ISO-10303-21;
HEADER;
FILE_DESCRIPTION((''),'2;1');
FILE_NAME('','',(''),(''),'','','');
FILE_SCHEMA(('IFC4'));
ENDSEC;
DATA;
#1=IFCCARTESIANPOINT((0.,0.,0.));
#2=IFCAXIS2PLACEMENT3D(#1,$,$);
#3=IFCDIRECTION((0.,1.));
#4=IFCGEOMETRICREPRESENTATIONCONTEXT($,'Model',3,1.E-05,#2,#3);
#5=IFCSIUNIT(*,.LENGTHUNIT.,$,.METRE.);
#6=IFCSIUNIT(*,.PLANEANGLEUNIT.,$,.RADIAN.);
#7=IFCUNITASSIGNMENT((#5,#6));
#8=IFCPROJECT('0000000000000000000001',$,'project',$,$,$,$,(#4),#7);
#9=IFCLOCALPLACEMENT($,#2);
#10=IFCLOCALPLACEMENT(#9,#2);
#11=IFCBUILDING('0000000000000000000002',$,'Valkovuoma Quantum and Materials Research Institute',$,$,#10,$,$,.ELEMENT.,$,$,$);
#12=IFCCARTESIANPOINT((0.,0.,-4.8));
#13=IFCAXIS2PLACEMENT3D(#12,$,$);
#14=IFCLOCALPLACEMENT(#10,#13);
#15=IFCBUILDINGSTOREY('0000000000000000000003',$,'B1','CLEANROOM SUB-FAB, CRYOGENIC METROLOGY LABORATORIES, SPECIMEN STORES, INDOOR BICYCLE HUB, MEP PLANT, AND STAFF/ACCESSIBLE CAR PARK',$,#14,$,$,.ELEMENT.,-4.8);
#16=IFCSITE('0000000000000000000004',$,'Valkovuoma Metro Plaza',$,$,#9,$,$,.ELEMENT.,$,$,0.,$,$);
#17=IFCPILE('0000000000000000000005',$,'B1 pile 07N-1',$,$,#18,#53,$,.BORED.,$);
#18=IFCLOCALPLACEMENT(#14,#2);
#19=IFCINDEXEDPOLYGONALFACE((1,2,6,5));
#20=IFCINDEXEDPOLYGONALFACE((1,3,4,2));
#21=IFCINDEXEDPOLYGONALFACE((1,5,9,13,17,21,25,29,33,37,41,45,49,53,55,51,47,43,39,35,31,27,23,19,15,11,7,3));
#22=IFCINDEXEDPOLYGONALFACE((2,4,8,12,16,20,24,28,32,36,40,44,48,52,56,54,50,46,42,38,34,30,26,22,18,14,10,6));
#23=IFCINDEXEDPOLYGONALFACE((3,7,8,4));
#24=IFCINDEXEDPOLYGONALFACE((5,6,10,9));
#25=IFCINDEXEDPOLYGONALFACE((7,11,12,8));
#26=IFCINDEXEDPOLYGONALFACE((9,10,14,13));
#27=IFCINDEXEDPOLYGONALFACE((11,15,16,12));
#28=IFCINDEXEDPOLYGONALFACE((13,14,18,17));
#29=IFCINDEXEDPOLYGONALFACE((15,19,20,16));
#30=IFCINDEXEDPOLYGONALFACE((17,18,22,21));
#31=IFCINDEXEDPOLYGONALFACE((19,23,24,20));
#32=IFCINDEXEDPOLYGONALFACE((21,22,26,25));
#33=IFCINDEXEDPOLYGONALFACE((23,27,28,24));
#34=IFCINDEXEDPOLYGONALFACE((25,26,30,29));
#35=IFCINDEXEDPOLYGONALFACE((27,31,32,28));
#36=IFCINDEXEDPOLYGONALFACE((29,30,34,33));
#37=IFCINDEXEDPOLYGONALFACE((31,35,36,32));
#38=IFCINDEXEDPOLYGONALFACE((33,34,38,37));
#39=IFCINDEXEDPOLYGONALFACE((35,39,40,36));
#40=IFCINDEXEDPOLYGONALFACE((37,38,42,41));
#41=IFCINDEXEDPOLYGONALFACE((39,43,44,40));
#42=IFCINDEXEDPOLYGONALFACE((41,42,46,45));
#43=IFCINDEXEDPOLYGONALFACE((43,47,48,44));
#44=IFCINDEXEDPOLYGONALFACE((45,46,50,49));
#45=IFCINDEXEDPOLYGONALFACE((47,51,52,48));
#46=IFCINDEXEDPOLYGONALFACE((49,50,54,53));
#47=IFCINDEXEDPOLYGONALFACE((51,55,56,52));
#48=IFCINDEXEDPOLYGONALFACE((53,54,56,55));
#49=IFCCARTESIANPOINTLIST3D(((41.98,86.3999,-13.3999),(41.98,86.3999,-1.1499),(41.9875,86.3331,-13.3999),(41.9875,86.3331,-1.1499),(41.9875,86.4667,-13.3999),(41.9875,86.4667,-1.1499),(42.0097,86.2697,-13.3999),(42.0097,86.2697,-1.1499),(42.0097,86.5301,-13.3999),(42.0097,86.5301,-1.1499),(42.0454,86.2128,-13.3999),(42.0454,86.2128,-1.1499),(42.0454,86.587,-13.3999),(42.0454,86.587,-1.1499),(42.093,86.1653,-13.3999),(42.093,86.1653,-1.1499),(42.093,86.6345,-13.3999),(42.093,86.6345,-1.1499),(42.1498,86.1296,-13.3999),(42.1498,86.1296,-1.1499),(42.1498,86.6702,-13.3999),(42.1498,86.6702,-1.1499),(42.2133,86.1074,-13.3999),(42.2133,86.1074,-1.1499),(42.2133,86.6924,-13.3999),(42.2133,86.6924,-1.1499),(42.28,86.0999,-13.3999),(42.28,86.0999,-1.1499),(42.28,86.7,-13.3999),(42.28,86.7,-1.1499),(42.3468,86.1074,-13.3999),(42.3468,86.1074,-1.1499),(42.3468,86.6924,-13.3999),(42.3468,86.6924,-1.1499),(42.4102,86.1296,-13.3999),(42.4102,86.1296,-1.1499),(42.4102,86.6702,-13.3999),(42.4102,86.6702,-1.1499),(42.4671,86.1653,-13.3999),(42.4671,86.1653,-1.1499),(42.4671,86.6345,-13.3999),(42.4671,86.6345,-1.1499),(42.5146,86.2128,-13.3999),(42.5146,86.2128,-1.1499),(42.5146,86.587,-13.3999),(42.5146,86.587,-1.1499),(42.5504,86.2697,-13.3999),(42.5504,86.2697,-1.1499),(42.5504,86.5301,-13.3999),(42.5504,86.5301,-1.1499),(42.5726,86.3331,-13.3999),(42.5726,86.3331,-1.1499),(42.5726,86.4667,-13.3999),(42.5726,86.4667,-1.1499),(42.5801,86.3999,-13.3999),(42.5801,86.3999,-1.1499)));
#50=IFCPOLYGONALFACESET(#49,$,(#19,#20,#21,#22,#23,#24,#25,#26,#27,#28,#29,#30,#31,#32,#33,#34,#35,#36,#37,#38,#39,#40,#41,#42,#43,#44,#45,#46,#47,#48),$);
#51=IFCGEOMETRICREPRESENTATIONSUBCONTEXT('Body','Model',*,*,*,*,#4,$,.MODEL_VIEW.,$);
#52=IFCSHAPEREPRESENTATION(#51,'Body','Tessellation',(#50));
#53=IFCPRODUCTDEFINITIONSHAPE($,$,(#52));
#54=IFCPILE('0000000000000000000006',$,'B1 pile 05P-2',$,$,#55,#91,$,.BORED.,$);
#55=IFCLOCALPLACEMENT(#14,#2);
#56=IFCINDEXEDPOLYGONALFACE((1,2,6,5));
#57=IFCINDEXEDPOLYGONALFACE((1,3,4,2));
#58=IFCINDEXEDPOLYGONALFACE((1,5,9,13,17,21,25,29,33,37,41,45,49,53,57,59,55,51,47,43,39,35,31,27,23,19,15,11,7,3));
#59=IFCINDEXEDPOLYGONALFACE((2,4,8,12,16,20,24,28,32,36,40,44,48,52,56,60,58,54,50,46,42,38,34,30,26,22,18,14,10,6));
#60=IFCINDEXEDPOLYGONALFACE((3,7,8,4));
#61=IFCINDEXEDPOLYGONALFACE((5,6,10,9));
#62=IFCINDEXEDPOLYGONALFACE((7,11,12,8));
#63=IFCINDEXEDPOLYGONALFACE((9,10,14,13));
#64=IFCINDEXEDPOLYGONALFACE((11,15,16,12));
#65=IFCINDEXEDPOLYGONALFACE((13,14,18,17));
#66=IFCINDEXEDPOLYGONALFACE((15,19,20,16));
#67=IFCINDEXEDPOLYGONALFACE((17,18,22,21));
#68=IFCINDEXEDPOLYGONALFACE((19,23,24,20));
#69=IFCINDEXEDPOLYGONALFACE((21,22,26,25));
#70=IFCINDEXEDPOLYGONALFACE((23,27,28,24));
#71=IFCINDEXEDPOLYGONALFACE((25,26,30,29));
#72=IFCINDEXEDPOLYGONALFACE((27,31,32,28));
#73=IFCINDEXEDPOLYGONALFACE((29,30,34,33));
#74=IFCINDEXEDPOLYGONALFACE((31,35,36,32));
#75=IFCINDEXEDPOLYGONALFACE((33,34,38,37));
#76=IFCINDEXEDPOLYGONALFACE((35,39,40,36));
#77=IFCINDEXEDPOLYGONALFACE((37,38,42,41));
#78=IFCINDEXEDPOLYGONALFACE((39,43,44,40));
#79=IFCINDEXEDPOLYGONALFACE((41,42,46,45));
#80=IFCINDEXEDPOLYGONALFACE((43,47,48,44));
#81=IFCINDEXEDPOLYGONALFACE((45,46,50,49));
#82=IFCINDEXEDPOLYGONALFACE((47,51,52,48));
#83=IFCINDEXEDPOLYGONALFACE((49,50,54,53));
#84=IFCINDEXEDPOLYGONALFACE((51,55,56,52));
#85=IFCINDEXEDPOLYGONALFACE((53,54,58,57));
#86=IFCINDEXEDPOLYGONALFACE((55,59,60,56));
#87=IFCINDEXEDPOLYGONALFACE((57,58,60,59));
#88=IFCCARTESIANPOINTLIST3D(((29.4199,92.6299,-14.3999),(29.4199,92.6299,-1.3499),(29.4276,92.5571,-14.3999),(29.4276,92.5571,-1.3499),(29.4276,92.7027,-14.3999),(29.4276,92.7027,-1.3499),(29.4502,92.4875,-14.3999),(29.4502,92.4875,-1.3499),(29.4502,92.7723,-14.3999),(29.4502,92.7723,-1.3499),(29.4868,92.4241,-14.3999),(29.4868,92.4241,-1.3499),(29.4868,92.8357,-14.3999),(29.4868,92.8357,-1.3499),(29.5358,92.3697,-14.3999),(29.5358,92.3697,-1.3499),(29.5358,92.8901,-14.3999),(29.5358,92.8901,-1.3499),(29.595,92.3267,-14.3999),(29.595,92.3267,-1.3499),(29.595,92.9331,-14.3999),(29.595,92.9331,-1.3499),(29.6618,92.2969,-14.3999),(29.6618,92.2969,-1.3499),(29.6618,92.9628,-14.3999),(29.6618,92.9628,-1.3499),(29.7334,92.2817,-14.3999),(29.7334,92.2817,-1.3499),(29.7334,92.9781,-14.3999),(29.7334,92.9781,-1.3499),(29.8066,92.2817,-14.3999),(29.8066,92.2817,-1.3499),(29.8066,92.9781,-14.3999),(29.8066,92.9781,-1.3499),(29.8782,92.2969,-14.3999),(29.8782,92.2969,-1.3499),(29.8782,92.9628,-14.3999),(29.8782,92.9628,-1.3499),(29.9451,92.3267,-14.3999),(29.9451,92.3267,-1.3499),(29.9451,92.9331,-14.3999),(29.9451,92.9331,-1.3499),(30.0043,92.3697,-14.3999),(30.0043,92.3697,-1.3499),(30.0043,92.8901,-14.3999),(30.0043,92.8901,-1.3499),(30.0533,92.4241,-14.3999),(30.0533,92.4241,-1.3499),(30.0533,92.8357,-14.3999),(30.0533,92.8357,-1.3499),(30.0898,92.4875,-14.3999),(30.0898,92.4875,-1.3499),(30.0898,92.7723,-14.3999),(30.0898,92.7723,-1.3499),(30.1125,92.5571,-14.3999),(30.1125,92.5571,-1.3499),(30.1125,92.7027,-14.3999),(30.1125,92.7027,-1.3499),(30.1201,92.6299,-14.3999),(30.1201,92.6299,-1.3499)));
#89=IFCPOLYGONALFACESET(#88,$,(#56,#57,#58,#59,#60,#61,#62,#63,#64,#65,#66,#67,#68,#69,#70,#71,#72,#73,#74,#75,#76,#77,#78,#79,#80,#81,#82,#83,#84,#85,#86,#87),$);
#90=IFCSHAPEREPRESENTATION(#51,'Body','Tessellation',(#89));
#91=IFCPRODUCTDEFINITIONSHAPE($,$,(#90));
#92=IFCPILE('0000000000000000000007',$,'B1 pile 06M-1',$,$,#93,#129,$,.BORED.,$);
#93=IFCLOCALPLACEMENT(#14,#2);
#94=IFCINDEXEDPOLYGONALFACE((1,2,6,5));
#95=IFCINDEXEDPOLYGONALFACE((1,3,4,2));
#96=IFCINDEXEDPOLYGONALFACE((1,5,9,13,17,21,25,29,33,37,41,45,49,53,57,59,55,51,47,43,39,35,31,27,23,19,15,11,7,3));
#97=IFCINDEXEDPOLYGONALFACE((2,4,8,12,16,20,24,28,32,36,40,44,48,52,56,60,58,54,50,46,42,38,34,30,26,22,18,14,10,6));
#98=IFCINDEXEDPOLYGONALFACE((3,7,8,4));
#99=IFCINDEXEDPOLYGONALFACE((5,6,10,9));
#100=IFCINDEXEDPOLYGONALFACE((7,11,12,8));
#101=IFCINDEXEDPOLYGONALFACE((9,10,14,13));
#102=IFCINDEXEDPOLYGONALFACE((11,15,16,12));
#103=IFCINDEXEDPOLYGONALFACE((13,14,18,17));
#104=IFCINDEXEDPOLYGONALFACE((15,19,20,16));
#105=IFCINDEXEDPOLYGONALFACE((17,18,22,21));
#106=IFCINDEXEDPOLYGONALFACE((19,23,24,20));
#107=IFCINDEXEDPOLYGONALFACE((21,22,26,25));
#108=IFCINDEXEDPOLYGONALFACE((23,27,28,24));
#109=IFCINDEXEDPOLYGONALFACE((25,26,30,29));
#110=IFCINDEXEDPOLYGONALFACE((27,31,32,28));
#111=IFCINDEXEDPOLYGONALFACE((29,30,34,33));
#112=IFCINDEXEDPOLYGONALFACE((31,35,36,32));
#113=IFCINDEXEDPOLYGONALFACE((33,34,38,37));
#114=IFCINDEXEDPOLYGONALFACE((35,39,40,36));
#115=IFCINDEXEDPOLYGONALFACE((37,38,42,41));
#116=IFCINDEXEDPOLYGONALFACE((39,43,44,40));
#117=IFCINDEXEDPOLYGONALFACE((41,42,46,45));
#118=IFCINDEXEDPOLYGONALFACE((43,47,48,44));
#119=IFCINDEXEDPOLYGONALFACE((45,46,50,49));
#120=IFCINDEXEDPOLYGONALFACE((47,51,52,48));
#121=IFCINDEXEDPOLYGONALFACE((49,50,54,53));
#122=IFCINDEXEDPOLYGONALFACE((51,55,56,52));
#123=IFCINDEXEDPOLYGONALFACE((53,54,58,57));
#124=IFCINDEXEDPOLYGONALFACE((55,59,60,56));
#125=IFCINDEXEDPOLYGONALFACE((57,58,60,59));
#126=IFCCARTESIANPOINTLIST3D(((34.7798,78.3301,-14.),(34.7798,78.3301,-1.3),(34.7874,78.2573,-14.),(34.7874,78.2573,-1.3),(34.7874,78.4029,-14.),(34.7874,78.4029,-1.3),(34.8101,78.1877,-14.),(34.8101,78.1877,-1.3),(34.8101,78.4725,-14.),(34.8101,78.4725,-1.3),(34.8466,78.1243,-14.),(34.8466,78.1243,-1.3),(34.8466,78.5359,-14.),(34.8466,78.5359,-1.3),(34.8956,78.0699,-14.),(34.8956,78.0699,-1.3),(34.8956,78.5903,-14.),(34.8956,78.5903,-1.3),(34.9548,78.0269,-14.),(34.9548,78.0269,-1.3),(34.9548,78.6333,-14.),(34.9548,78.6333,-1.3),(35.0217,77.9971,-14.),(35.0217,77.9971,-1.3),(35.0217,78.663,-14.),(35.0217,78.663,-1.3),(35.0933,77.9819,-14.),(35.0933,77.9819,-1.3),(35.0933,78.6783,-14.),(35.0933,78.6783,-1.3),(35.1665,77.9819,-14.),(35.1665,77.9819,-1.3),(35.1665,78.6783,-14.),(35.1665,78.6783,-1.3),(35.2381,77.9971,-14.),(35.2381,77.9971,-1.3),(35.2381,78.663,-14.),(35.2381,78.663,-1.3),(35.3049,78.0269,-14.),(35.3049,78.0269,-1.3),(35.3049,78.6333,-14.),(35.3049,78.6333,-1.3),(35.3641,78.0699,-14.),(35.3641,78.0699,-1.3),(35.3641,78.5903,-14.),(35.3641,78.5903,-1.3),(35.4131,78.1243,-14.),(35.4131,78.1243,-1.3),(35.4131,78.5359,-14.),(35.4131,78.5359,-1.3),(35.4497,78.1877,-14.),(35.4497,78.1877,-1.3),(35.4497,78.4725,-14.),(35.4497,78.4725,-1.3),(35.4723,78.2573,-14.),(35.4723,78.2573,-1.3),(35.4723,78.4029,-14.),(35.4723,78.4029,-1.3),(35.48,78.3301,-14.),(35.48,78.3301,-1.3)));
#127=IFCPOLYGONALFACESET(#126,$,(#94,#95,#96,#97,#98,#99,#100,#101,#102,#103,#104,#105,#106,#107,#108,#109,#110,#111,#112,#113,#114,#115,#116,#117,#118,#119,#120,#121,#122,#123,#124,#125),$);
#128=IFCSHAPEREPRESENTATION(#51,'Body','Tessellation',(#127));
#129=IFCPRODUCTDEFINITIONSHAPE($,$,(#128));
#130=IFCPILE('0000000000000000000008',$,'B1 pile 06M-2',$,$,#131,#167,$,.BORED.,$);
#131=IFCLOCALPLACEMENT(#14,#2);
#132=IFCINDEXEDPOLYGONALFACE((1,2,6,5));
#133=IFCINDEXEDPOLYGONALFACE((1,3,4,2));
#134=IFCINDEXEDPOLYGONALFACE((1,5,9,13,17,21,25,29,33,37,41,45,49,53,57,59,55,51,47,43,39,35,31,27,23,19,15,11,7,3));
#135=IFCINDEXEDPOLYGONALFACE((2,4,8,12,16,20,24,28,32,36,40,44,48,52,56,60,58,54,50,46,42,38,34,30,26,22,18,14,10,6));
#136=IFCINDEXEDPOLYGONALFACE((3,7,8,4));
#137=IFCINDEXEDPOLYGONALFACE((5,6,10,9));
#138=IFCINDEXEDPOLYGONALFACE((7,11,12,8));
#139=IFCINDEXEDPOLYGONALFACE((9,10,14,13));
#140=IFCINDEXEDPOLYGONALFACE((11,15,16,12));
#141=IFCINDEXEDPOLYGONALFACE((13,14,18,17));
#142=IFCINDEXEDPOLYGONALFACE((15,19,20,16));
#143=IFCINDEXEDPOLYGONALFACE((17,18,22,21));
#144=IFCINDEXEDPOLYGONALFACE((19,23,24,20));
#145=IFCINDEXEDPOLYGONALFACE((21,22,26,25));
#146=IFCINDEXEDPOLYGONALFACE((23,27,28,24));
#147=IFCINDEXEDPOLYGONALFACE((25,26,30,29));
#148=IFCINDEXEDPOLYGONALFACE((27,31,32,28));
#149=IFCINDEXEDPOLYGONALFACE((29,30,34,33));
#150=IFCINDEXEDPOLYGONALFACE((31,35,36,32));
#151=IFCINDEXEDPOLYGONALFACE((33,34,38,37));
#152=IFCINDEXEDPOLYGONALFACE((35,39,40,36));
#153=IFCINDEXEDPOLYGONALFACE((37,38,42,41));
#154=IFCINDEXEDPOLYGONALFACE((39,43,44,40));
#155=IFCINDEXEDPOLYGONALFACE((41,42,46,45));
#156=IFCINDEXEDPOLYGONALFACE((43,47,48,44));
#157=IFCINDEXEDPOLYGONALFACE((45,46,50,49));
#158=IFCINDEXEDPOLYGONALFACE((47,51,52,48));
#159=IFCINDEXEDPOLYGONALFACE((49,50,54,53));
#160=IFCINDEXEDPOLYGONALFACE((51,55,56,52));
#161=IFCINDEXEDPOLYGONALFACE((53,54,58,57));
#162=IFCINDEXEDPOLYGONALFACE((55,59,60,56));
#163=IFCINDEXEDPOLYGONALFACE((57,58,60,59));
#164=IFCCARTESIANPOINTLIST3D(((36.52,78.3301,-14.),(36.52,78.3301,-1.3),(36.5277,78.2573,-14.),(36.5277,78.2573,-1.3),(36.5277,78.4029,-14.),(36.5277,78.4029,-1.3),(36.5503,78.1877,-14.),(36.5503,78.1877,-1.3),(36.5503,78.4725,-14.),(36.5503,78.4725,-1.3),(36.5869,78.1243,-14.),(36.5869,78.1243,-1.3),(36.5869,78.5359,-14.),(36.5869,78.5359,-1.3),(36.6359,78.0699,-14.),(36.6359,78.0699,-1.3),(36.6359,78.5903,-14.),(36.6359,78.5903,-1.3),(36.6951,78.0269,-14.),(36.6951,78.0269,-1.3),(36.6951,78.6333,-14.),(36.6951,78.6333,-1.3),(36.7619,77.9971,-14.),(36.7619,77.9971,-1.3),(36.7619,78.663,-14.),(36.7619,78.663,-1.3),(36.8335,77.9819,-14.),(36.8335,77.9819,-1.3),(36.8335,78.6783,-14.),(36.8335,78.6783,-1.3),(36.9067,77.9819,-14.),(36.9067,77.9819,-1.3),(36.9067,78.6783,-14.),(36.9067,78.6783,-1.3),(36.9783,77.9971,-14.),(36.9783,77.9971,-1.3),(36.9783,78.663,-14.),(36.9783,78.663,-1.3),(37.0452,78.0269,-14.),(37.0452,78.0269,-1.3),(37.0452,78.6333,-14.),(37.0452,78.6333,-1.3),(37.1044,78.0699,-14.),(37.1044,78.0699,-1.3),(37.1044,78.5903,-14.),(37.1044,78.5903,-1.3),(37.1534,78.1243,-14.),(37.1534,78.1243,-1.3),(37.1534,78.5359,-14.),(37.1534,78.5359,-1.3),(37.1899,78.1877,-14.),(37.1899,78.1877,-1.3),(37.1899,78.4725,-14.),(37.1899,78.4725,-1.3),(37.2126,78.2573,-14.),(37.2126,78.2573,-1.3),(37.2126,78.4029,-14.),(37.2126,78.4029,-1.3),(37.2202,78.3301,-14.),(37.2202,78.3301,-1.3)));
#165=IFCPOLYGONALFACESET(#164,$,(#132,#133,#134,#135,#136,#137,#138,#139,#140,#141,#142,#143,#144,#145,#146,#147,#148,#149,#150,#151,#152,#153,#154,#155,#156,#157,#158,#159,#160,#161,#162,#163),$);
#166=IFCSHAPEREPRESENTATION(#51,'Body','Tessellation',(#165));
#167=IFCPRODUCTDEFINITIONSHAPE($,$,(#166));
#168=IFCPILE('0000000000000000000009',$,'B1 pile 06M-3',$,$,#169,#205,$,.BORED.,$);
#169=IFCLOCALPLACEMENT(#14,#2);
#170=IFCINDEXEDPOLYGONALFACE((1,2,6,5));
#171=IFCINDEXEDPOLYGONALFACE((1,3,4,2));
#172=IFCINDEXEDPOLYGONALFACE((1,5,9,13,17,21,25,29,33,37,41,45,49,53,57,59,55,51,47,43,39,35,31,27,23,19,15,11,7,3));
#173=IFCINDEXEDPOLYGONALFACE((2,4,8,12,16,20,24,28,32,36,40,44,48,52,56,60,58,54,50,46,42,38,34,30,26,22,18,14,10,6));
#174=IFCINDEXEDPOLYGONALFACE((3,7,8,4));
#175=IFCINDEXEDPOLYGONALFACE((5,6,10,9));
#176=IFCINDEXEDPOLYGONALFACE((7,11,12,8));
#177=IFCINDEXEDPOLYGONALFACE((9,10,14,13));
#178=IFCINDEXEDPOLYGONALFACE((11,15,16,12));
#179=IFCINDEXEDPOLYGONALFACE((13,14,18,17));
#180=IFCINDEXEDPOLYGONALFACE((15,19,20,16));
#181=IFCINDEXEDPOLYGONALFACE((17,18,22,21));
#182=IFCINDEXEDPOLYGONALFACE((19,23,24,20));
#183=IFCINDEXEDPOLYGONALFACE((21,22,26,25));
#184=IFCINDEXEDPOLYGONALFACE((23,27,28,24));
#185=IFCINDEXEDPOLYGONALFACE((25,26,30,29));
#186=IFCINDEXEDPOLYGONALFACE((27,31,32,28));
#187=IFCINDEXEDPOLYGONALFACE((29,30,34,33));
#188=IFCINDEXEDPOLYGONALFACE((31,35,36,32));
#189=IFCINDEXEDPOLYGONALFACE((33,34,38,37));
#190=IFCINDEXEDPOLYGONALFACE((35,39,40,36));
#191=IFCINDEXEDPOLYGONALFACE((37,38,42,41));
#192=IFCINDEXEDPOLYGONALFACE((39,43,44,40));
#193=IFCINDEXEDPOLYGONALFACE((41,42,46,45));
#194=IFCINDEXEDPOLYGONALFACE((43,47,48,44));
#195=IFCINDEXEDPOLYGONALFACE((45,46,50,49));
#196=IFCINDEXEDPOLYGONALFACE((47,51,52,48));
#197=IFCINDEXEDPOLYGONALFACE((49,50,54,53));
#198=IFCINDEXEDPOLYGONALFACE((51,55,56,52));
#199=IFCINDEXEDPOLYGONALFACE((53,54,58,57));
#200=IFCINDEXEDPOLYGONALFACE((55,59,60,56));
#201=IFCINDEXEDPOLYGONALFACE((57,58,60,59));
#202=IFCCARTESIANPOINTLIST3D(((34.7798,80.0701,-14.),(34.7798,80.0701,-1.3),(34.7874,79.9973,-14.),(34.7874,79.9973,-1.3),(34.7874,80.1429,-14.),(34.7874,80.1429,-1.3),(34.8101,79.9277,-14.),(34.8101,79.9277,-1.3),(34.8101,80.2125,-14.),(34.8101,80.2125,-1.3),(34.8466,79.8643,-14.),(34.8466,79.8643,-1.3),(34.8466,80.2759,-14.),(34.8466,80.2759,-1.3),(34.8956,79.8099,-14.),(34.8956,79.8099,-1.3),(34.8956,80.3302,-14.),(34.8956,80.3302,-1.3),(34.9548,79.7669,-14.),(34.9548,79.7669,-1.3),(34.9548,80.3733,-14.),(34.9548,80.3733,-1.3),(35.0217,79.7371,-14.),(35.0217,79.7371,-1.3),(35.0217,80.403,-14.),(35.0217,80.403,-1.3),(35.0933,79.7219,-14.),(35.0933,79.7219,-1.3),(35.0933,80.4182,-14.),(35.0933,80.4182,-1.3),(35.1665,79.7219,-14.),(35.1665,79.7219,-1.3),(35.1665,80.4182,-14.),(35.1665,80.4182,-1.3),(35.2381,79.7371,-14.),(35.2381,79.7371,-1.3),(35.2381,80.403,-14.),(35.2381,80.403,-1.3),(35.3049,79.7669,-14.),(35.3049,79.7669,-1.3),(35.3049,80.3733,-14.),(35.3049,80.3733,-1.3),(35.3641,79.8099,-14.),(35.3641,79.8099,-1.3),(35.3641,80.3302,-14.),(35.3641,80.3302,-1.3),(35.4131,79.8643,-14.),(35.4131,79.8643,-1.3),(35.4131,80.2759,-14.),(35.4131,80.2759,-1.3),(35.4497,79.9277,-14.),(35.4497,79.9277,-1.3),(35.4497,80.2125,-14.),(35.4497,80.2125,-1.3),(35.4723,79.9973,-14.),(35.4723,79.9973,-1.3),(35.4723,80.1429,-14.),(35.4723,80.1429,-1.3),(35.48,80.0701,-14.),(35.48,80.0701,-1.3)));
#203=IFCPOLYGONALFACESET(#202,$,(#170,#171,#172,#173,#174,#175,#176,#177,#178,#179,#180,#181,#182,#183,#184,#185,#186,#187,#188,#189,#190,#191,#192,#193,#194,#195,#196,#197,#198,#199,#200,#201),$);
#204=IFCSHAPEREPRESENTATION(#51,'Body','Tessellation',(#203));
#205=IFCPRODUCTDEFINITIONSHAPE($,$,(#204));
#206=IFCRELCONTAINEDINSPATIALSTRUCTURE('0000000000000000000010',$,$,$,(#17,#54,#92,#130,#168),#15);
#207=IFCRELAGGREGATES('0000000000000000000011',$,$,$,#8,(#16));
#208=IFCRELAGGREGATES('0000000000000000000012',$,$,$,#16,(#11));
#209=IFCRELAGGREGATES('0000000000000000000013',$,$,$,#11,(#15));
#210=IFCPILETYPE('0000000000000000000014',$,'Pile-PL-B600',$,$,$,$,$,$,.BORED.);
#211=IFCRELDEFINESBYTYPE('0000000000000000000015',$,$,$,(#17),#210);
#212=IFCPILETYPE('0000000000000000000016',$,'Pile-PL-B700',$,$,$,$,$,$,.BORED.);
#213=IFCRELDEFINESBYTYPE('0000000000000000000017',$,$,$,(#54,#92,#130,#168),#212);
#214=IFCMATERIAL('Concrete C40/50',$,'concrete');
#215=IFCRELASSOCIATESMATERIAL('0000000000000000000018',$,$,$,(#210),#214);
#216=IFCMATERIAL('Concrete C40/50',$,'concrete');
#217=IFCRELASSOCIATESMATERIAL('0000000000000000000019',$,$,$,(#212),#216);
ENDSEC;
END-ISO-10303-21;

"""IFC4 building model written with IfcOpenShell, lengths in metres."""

from ifc_helpers import new_model, si_unit, direction, frame, origin, origin_2d, place, context, subcontext, project, spatial, circle, extrude, material, material_profile, profile_set, type_object, element, save


model = new_model("IFC4")

# Units and contexts
model_context = context("Model", 3, precision=1e-05, world=origin(), true_north=direction((0.0, 1.0)))
body_context = subcontext(model_context, "Body", "Model", "MODEL_VIEW")
ifc_project = project(units=[si_unit("LENGTHUNIT", "METRE"), si_unit("PLANEANGLEUNIT", "RADIAN")], contexts=[model_context])

# Site, building, storey
site_placement = place(None, origin())
site = spatial("IfcSite", under=ifc_project, at=site_placement, Name="Valkovuoma Metro Plaza", CompositionType="ELEMENT", RefElevation=0.0)
building_placement = place(site_placement, origin())
building = spatial("IfcBuilding", under=site, at=building_placement, Name="Valkovuoma Quantum and Materials Research Institute", CompositionType="ELEMENT")
storey_placement = place(building_placement, frame((0.0, 0.0, -4.8)))
storey = spatial("IfcBuildingStorey", under=building, at=storey_placement, Name="B1", Description="CLEANROOM SUB-FAB, CRYOGENIC METROLOGY LABORATORIES, SPECIMEN STORES, INDOOR BICYCLE HUB, MEP PLANT, AND STAFF/ACCESSIBLE CAR PARK", CompositionType="ELEMENT", Elevation=-4.8)

# Piles
ifc_material_1 = material(Name="Concrete C40/50", Category="concrete")
ifc_material_profile_1 = material_profile(ifc_material_1, circle(Radius=0.3, at=origin_2d()), Name="Concrete C40/50")
ifc_profile_set_1 = profile_set([ifc_material_profile_1], Name="Concrete C40/50")
pile_type_1 = type_object("IfcPileType", Name="Pile-PL-B600", PredefinedType="BORED", material=ifc_profile_set_1)
pile_1_placement = place(storey_placement, frame((42.28, 86.3999, -1.1499), z_axis=(0.0, 0.0, -1.0), x_axis=(1.0, 0.0, 0.0)))
element("IfcPile", 1, at=pile_1_placement, inside=storey, type_object=pile_type_1, Name="B1 pile 07N-1", PredefinedType="BORED", context=body_context, shape_type="SweptSolid", body=[
    extrude(circle(Radius=0.3, at=origin_2d()), origin(), (0.0, 0.0, 1.0), 12.25),
])
ifc_material_2 = material(Name="Concrete C40/50", Category="concrete")
ifc_material_profile_2 = material_profile(ifc_material_2, circle(Radius=0.3501, at=origin_2d()), Name="Concrete C40/50")
ifc_profile_set_2 = profile_set([ifc_material_profile_2], Name="Concrete C40/50")
pile_type_2 = type_object("IfcPileType", Name="Pile-PL-B700", PredefinedType="BORED", material=ifc_profile_set_2)
pile_2_placement = place(storey_placement, frame((29.77, 92.6299, -1.3499), z_axis=(0.0, 0.0, -1.0), x_axis=(1.0, 0.0, 0.0)))
element("IfcPile", 2, at=pile_2_placement, inside=storey, type_object=pile_type_2, Name="B1 pile 05P-2", PredefinedType="BORED", context=body_context, shape_type="SweptSolid", body=[
    extrude(circle(Radius=0.3501, at=origin_2d()), origin(), (0.0, 0.0, 1.0), 13.05),
])
for number, where, z_axis, x_axis, name in (
    (3, (35.1299, 78.3301, -1.3), (0.0, 0.0, -1.0), (1.0, 0.0, 0.0), "B1 pile 06M-1"),
    (4, (36.8701, 78.3301, -1.3), (0.0, 0.0, -1.0), (1.0, 0.0, 0.0), "B1 pile 06M-2"),
    (5, (35.1299, 80.0701, -1.3), (0.0, 0.0, -1.0), (1.0, 0.0, 0.0), "B1 pile 06M-3"),
):
    element("IfcPile", number, at=place(storey_placement, frame(where, z_axis=z_axis, x_axis=x_axis)), inside=storey, type_object=pile_type_2, Name=name, PredefinedType="BORED", context=body_context, shape_type="SweptSolid", body=[
        extrude(circle(Radius=0.3501, at=origin_2d()), origin(), (0.0, 0.0, 1.0), 12.7),
    ])

save(model, "model.ifc")
